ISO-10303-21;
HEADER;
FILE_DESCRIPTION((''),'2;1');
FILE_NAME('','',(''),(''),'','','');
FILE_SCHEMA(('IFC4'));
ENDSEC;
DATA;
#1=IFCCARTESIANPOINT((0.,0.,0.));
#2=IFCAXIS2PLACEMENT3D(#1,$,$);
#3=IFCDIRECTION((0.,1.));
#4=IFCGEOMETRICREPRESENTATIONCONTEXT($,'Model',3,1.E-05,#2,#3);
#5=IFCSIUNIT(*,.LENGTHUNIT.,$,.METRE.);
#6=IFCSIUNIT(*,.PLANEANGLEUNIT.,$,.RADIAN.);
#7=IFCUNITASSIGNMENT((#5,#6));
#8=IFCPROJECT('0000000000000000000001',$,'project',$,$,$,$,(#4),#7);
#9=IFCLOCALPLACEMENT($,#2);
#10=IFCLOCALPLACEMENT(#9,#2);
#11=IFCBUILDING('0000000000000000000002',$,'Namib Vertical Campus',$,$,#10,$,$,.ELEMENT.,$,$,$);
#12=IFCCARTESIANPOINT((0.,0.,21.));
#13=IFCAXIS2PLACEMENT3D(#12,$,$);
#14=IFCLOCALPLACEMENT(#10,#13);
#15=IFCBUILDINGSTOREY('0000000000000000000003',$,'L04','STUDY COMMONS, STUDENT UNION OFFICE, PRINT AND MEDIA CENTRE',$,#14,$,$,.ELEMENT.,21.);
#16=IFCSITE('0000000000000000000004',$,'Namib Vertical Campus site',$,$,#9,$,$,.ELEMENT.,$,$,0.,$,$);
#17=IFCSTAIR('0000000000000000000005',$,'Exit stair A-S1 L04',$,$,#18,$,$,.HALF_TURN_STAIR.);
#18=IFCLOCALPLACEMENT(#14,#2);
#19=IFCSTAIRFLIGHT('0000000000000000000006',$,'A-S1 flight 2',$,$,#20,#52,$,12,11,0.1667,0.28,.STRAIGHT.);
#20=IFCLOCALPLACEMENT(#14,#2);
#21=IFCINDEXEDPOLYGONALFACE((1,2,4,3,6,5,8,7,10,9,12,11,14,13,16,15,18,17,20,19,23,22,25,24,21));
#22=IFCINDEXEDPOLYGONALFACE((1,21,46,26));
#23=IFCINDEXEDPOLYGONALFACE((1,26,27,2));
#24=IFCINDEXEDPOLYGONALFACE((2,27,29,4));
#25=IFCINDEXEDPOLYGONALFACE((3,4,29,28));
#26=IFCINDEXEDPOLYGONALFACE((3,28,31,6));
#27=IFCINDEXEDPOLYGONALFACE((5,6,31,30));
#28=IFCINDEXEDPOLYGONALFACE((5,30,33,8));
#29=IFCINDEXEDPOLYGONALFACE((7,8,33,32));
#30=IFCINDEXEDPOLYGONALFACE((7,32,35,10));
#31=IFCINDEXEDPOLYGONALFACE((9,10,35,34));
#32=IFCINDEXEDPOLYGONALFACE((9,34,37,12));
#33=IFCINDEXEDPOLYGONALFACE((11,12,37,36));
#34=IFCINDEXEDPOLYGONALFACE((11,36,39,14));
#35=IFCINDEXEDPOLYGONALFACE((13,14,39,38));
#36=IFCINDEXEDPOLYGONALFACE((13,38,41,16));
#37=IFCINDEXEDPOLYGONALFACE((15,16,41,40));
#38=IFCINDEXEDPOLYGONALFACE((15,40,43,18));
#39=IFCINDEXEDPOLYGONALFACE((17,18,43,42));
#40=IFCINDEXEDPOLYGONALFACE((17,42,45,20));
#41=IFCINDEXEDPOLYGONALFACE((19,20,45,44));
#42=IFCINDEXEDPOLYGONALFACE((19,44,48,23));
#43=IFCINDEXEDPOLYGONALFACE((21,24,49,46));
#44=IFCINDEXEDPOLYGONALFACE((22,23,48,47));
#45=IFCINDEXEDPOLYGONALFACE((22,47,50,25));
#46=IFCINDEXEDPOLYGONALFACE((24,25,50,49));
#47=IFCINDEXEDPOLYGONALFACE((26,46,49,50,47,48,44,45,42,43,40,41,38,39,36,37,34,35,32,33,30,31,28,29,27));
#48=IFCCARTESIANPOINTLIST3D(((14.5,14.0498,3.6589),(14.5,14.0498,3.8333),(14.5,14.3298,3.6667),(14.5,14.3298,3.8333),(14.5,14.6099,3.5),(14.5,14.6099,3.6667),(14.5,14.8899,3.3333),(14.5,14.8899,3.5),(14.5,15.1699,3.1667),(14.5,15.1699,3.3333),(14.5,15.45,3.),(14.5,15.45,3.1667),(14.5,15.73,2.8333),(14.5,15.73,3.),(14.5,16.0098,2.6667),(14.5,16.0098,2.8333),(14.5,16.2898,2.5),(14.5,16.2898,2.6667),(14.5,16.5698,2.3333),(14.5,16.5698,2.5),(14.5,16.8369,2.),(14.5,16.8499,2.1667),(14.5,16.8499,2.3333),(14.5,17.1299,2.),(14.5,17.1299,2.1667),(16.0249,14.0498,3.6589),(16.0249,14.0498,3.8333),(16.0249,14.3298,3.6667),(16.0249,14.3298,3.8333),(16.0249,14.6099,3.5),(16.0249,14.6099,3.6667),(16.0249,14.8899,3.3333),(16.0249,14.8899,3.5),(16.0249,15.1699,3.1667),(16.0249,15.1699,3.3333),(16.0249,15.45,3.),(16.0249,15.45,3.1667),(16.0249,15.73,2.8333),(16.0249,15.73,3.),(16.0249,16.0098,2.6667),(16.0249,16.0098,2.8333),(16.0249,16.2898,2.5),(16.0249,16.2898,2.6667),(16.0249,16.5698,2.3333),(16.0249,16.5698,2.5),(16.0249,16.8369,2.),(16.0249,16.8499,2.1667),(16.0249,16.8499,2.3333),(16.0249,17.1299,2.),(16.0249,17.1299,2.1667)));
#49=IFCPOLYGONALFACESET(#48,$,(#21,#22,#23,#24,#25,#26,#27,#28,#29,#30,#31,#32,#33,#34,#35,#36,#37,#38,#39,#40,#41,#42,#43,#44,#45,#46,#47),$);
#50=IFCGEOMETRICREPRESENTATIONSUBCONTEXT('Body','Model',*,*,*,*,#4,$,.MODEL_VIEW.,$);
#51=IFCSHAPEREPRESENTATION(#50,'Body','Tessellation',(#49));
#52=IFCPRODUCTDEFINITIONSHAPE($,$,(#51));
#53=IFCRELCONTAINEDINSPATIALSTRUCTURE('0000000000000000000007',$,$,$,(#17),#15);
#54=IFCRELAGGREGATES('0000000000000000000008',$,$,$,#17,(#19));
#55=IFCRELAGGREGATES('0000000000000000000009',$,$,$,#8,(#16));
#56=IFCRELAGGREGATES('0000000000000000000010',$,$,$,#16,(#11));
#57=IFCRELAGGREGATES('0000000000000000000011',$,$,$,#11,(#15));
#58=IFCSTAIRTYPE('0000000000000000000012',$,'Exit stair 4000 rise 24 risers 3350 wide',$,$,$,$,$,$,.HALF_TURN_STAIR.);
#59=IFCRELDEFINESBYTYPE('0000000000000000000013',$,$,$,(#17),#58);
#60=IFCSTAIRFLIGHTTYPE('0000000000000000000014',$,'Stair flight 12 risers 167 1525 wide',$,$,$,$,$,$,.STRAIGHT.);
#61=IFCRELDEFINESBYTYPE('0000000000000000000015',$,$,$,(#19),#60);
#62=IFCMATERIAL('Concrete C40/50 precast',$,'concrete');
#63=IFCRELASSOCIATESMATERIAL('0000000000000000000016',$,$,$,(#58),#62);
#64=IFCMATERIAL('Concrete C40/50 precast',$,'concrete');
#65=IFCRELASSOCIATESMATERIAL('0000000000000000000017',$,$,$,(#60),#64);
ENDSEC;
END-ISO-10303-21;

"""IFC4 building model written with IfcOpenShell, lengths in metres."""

from ifc_helpers import new_model, si_unit, direction, frame, origin, place, context, subcontext, project, spatial, polyline, outline, extrude, material, type_object, element, aggregate, save


model = new_model("IFC4")

# Units and contexts
model_context = context("Model", 3, precision=1e-05, world=origin(), true_north=direction((0.0, 1.0)))
body_context = subcontext(model_context, "Body", "Model", "MODEL_VIEW")
ifc_project = project(units=[si_unit("LENGTHUNIT", "METRE"), si_unit("PLANEANGLEUNIT", "RADIAN")], contexts=[model_context])

# Site, building, storey
site_placement = place(None, origin())
site = spatial("IfcSite", under=ifc_project, at=site_placement, Name="Namib Vertical Campus site", CompositionType="ELEMENT", RefElevation=0.0)
building_placement = place(site_placement, origin())
building = spatial("IfcBuilding", under=site, at=building_placement, Name="Namib Vertical Campus", CompositionType="ELEMENT")
storey_placement = place(building_placement, frame((0.0, 0.0, 21.0)))
storey = spatial("IfcBuildingStorey", under=building, at=storey_placement, Name="L04", Description="STUDY COMMONS, STUDENT UNION OFFICE, PRINT AND MEDIA CENTRE", CompositionType="ELEMENT", Elevation=21.0)

# Stair, stair flight
ifc_material_1 = material(Name="Concrete C40/50 precast", Category="concrete")
stair_type = type_object("IfcStairType", Name="Exit stair 4000 rise 24 risers 3350 wide", PredefinedType="HALF_TURN_STAIR", material=ifc_material_1)
stair_placement = place(storey_placement, origin())
stair = element("IfcStair", 1, at=stair_placement, inside=storey, type_object=stair_type, Name="Exit stair A-S1 L04", PredefinedType="HALF_TURN_STAIR")
ifc_material_2 = material(Name="Concrete C40/50 precast", Category="concrete")
stair_flight_type = type_object("IfcStairFlightType", Name="Stair flight 12 risers 167 1525 wide", PredefinedType="STRAIGHT", material=ifc_material_2)
stair_flight_1_placement = place(storey_placement, frame((15.2625, 17.1299, 2.0), z_axis=(0.0, 0.0, 1.0), x_axis=(0.0, -1.0, 0.0)))
stair_flight_1 = element("IfcStairFlight", 2, at=stair_flight_1_placement, type_object=stair_flight_type, Name="A-S1 flight 2", NumberOfRisers=12, NumberOfTreads=11, PredefinedType="STRAIGHT", RiserHeight=0.1667, TreadLength=0.28, context=body_context, shape_type="SweptSolid", body=[
    extrude(outline(polyline([(0.0, 0.0), (0.0, 0.1667), (0.28, 0.1667), (0.28, 0.3333), (0.5601, 0.3333), (0.5601, 0.5), (0.8401, 0.5), (0.8401, 0.6667), (1.1201, 0.6667), (1.1201, 0.8333), (1.3999, 0.8333), (1.3999, 1.0), (1.6799, 1.0), (1.6799, 1.1667), (1.96, 1.1667), (1.96, 1.3333), (2.24, 1.3333), (2.24, 1.5), (2.52, 1.5), (2.52, 1.6667), (2.8, 1.6667), (2.8, 1.8333), (3.0801, 1.8333), (3.0801, 2.0), (3.0801, 1.6589), (0.293, 0.0), (0.0, 0.0)])), frame((0.0, 0.7625, 0.0), z_axis=(0.0, -1.0, 0.0), x_axis=(1.0, 0.0, 0.0)), (0.0, 0.0, 1.0), 1.5249),
])
aggregate(stair, [stair_flight_1])

save(model, "model.ifc")
